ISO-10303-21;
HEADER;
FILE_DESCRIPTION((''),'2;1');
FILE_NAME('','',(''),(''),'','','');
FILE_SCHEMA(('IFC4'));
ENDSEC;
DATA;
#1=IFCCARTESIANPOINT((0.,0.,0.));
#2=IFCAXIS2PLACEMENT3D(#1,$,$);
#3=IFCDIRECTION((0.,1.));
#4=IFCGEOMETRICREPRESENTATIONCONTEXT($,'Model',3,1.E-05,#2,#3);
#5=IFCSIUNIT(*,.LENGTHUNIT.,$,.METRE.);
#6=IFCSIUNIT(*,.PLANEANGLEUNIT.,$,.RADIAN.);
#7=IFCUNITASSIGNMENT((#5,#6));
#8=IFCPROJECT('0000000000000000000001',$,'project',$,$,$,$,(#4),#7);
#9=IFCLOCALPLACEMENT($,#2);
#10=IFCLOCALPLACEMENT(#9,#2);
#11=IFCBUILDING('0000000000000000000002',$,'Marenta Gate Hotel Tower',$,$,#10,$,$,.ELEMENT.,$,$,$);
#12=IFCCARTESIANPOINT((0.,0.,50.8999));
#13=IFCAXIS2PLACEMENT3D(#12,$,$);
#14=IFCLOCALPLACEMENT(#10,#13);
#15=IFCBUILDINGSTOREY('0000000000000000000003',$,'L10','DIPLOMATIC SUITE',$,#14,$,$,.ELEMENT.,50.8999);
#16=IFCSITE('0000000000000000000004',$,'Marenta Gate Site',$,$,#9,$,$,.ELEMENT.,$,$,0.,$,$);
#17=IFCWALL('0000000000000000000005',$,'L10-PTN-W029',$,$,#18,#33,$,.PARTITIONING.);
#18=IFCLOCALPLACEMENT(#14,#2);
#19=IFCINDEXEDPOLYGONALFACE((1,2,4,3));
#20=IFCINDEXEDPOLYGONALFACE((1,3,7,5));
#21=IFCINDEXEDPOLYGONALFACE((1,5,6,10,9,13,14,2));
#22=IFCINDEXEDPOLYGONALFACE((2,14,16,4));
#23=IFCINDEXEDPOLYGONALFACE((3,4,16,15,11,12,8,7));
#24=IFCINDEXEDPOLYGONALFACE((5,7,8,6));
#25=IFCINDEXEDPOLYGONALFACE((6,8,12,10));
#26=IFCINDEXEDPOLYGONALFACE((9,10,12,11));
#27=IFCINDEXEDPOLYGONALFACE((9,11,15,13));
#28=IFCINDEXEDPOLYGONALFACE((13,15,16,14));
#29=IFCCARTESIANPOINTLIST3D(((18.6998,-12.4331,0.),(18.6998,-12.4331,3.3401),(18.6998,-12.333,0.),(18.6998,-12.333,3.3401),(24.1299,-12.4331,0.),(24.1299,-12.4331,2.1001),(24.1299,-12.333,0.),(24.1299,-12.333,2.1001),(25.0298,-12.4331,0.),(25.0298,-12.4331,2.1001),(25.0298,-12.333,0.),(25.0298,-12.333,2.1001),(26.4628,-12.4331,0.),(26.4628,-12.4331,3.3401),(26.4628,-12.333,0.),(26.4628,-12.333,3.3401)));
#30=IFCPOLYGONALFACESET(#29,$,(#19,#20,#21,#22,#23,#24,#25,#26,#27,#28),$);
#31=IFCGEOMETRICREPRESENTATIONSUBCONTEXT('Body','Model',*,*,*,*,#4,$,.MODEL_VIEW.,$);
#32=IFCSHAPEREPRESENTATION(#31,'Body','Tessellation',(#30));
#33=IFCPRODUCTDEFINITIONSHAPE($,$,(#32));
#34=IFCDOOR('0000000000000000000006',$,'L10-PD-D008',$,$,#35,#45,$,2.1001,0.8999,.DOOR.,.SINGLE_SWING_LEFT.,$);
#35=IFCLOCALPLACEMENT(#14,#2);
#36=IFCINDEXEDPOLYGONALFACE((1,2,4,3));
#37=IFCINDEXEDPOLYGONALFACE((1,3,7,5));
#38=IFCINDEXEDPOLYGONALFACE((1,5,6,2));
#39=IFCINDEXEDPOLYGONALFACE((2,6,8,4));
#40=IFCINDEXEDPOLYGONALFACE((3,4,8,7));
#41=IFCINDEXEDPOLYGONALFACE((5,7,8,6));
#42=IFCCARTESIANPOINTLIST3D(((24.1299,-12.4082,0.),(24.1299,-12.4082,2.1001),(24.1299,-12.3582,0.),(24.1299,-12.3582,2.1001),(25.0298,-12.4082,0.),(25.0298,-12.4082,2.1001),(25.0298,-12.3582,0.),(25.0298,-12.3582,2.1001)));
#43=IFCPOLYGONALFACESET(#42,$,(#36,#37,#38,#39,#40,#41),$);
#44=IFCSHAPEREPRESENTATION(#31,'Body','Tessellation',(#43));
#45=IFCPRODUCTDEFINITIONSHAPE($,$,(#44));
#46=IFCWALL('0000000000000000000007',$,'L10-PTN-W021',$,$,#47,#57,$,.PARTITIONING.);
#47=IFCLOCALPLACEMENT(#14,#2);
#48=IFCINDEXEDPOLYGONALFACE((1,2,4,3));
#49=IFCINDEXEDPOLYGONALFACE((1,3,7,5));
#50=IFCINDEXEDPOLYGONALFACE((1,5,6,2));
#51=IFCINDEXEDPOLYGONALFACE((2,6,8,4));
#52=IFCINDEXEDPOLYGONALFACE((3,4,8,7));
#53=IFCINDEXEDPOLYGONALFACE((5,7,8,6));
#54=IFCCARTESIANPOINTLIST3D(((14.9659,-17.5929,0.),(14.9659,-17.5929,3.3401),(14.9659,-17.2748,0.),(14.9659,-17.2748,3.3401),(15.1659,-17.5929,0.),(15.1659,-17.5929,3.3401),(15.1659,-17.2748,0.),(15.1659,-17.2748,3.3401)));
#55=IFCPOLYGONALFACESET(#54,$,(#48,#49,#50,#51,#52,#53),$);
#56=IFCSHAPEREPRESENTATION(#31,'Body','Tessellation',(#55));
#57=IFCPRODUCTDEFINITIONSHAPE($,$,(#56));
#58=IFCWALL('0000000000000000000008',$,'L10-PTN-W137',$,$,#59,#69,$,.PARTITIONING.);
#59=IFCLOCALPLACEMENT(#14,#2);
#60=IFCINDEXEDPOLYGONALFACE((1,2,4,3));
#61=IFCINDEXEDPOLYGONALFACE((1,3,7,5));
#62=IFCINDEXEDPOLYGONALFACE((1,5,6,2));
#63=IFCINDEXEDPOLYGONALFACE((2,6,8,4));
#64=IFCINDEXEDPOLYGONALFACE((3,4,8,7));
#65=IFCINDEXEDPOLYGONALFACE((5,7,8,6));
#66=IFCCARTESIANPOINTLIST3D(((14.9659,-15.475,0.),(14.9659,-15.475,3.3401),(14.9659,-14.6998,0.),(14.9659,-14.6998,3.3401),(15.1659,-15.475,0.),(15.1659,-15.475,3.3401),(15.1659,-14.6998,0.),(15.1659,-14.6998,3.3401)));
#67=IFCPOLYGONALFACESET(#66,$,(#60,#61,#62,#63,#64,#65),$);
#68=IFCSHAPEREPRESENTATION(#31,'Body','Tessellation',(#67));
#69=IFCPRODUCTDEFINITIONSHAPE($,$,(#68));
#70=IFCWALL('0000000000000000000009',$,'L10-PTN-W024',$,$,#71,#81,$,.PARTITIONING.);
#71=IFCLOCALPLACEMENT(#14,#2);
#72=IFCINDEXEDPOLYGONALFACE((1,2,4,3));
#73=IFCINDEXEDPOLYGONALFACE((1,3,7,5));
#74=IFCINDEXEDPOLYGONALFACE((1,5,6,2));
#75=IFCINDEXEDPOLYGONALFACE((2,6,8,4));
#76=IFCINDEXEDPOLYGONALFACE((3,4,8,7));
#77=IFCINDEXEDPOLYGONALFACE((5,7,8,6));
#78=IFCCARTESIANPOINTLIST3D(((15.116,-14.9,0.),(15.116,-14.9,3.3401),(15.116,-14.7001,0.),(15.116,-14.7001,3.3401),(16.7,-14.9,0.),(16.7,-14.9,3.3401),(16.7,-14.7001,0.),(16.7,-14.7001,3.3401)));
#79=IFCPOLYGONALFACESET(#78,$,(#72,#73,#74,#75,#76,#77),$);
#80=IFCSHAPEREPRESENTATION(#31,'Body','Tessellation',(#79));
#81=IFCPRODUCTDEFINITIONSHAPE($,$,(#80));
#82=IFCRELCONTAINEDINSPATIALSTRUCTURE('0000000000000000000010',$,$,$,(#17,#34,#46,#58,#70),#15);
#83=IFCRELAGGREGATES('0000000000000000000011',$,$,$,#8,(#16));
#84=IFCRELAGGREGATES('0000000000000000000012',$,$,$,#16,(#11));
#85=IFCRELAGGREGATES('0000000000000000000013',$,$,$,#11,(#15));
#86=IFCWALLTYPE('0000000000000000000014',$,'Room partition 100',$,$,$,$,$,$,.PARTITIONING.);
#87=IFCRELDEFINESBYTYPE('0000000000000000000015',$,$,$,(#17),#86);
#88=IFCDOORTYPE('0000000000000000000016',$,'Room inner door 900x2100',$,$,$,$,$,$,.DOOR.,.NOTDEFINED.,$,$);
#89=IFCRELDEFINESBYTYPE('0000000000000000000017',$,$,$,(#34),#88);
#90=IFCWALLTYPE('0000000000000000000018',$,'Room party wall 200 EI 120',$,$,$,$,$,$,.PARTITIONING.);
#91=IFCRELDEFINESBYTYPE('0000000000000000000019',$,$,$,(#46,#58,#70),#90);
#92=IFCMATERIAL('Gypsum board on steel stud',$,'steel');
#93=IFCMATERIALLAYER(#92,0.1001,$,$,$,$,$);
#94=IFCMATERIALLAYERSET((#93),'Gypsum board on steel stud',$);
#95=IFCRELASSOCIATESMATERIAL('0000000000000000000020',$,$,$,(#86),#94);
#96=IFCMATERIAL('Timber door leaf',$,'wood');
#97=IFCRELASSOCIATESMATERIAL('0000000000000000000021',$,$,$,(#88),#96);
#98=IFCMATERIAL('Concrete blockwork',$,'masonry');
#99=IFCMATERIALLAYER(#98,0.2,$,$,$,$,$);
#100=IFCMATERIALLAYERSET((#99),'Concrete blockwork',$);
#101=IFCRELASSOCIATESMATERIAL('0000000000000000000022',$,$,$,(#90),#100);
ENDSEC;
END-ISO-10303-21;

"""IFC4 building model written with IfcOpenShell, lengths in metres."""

from ifc_helpers import new_model, si_unit, direction, frame, frame_2d, origin, place, context, subcontext, project, spatial, rectangle, extrude, material, layer, layer_set, type_object, element, fill, save


model = new_model("IFC4")

# Units and contexts
model_context = context("Model", 3, precision=1e-05, world=origin(), true_north=direction((0.0, 1.0)))
body_context = subcontext(model_context, "Body", "Model", "MODEL_VIEW")
ifc_project = project(units=[si_unit("LENGTHUNIT", "METRE"), si_unit("PLANEANGLEUNIT", "RADIAN")], contexts=[model_context])

# Site, building, storey
site_placement = place(None, origin())
site = spatial("IfcSite", under=ifc_project, at=site_placement, Name="Marenta Gate Site", CompositionType="ELEMENT", RefElevation=0.0)
building_placement = place(site_placement, origin())
building = spatial("IfcBuilding", under=site, at=building_placement, Name="Marenta Gate Hotel Tower", CompositionType="ELEMENT")
storey_placement = place(building_placement, frame((0.0, 0.0, 50.8999)))
storey = spatial("IfcBuildingStorey", under=building, at=storey_placement, Name="L10", Description="DIPLOMATIC SUITE", CompositionType="ELEMENT", Elevation=50.8999)

# Wall, opening, door
ifc_material_1 = material(Name="Gypsum board on steel stud", Category="steel")
ifc_layer_1 = layer(ifc_material_1, 0.1001)
ifc_layer_set_1 = layer_set([ifc_layer_1], Name="Gypsum board on steel stud")
wall_type_1 = type_object("IfcWallType", Name="Room partition 100", PredefinedType="PARTITIONING", material=ifc_layer_set_1)
wall_1_placement = place(storey_placement, frame((18.7, -12.3831, 0.0), z_axis=(0.0, 0.0, 1.0), x_axis=(1.0, 0.0, 0.0)))
wall_1 = element("IfcWall", 1, at=wall_1_placement, inside=storey, type_object=wall_type_1, Name="L10-PTN-W029", PredefinedType="PARTITIONING", context=body_context, shape_type="SweptSolid", body=[
    extrude(rectangle(XDim=7.7629, YDim=0.1001, at=frame_2d((3.8813, 0.0))), origin(), (0.0, 0.0, 1.0), 3.3401),
])
opening_1_placement = place(wall_1_placement, frame((5.4299, 0.0, 0.0)))
opening_1 = element("IfcOpeningElement", 2, at=opening_1_placement, cuts=wall_1, PredefinedType="OPENING", context=body_context, shape_type="SweptSolid", body=[
    extrude(rectangle(XDim=0.8999, YDim=2.1001, at=frame_2d((0.45, 1.05))), frame((0.0, 0.05, 0.0), z_axis=(0.0, -1.0, 0.0), x_axis=(1.0, 0.0, 0.0)), (0.0, 0.0, 1.0), 0.1001),
])
ifc_material_2 = material(Name="Timber door leaf", Category="wood")
door_type_1 = type_object("IfcDoorType", Name="Room inner door 900x2100", OperationType="NOTDEFINED", PredefinedType="DOOR", material=ifc_material_2)
door_1_placement = place(opening_1_placement, origin())
door_1 = element("IfcDoor", 3, at=door_1_placement, inside=storey, type_object=door_type_1, Name="L10-PD-D008", OperationType="SINGLE_SWING_LEFT", OverallHeight=2.1001, OverallWidth=0.8999, PredefinedType="DOOR", context=body_context, shape_type="SweptSolid", body=[
    extrude(rectangle(XDim=0.8999, YDim=2.1001, at=frame_2d((0.45, 1.05))), frame((0.0, 0.0249, 0.0), z_axis=(0.0, -1.0, 0.0), x_axis=(1.0, 0.0, 0.0)), (0.0, 0.0, 1.0), 0.05),
])
fill(opening_1, door_1)

# Walls
ifc_material_3 = material(Name="Concrete blockwork", Category="masonry")
ifc_layer_2 = layer(ifc_material_3, 0.2)
ifc_layer_set_2 = layer_set([ifc_layer_2], Name="Concrete blockwork")
wall_type_2 = type_object("IfcWallType", Name="Room party wall 200 EI 120", PredefinedType="PARTITIONING", material=ifc_layer_set_2)
wall_2_placement = place(storey_placement, frame((15.0659, -17.593, 0.0), z_axis=(0.0, 0.0, 1.0), x_axis=(0.0, 1.0, 0.0)))
element("IfcWall", 4, at=wall_2_placement, inside=storey, type_object=wall_type_2, Name="L10-PTN-W021", PredefinedType="PARTITIONING", context=body_context, shape_type="SweptSolid", body=[
    extrude(rectangle(XDim=0.3181, YDim=0.2, at=frame_2d((0.1592, 0.0))), origin(), (0.0, 0.0, 1.0), 3.3401),
])
wall_3_placement = place(storey_placement, frame((15.0659, -15.4751, 0.0), z_axis=(0.0, 0.0, 1.0), x_axis=(0.0, 1.0, 0.0)))
element("IfcWall", 5, at=wall_3_placement, inside=storey, type_object=wall_type_2, Name="L10-PTN-W137", PredefinedType="PARTITIONING", context=body_context, shape_type="SweptSolid", body=[
    extrude(rectangle(XDim=0.7751, YDim=0.2, at=frame_2d((0.3877, 0.0))), origin(), (0.0, 0.0, 1.0), 3.3401),
])
wall_4_placement = place(storey_placement, frame((15.116, -14.8, 0.0), z_axis=(0.0, 0.0, 1.0), x_axis=(1.0, 0.0, 0.0)))
element("IfcWall", 6, at=wall_4_placement, inside=storey, type_object=wall_type_2, Name="L10-PTN-W024", PredefinedType="PARTITIONING", context=body_context, shape_type="SweptSolid", body=[
    extrude(rectangle(XDim=1.584, YDim=0.2, at=frame_2d((0.792, 0.0))), origin(), (0.0, 0.0, 1.0), 3.3401),
])

save(model, "model.ifc")
